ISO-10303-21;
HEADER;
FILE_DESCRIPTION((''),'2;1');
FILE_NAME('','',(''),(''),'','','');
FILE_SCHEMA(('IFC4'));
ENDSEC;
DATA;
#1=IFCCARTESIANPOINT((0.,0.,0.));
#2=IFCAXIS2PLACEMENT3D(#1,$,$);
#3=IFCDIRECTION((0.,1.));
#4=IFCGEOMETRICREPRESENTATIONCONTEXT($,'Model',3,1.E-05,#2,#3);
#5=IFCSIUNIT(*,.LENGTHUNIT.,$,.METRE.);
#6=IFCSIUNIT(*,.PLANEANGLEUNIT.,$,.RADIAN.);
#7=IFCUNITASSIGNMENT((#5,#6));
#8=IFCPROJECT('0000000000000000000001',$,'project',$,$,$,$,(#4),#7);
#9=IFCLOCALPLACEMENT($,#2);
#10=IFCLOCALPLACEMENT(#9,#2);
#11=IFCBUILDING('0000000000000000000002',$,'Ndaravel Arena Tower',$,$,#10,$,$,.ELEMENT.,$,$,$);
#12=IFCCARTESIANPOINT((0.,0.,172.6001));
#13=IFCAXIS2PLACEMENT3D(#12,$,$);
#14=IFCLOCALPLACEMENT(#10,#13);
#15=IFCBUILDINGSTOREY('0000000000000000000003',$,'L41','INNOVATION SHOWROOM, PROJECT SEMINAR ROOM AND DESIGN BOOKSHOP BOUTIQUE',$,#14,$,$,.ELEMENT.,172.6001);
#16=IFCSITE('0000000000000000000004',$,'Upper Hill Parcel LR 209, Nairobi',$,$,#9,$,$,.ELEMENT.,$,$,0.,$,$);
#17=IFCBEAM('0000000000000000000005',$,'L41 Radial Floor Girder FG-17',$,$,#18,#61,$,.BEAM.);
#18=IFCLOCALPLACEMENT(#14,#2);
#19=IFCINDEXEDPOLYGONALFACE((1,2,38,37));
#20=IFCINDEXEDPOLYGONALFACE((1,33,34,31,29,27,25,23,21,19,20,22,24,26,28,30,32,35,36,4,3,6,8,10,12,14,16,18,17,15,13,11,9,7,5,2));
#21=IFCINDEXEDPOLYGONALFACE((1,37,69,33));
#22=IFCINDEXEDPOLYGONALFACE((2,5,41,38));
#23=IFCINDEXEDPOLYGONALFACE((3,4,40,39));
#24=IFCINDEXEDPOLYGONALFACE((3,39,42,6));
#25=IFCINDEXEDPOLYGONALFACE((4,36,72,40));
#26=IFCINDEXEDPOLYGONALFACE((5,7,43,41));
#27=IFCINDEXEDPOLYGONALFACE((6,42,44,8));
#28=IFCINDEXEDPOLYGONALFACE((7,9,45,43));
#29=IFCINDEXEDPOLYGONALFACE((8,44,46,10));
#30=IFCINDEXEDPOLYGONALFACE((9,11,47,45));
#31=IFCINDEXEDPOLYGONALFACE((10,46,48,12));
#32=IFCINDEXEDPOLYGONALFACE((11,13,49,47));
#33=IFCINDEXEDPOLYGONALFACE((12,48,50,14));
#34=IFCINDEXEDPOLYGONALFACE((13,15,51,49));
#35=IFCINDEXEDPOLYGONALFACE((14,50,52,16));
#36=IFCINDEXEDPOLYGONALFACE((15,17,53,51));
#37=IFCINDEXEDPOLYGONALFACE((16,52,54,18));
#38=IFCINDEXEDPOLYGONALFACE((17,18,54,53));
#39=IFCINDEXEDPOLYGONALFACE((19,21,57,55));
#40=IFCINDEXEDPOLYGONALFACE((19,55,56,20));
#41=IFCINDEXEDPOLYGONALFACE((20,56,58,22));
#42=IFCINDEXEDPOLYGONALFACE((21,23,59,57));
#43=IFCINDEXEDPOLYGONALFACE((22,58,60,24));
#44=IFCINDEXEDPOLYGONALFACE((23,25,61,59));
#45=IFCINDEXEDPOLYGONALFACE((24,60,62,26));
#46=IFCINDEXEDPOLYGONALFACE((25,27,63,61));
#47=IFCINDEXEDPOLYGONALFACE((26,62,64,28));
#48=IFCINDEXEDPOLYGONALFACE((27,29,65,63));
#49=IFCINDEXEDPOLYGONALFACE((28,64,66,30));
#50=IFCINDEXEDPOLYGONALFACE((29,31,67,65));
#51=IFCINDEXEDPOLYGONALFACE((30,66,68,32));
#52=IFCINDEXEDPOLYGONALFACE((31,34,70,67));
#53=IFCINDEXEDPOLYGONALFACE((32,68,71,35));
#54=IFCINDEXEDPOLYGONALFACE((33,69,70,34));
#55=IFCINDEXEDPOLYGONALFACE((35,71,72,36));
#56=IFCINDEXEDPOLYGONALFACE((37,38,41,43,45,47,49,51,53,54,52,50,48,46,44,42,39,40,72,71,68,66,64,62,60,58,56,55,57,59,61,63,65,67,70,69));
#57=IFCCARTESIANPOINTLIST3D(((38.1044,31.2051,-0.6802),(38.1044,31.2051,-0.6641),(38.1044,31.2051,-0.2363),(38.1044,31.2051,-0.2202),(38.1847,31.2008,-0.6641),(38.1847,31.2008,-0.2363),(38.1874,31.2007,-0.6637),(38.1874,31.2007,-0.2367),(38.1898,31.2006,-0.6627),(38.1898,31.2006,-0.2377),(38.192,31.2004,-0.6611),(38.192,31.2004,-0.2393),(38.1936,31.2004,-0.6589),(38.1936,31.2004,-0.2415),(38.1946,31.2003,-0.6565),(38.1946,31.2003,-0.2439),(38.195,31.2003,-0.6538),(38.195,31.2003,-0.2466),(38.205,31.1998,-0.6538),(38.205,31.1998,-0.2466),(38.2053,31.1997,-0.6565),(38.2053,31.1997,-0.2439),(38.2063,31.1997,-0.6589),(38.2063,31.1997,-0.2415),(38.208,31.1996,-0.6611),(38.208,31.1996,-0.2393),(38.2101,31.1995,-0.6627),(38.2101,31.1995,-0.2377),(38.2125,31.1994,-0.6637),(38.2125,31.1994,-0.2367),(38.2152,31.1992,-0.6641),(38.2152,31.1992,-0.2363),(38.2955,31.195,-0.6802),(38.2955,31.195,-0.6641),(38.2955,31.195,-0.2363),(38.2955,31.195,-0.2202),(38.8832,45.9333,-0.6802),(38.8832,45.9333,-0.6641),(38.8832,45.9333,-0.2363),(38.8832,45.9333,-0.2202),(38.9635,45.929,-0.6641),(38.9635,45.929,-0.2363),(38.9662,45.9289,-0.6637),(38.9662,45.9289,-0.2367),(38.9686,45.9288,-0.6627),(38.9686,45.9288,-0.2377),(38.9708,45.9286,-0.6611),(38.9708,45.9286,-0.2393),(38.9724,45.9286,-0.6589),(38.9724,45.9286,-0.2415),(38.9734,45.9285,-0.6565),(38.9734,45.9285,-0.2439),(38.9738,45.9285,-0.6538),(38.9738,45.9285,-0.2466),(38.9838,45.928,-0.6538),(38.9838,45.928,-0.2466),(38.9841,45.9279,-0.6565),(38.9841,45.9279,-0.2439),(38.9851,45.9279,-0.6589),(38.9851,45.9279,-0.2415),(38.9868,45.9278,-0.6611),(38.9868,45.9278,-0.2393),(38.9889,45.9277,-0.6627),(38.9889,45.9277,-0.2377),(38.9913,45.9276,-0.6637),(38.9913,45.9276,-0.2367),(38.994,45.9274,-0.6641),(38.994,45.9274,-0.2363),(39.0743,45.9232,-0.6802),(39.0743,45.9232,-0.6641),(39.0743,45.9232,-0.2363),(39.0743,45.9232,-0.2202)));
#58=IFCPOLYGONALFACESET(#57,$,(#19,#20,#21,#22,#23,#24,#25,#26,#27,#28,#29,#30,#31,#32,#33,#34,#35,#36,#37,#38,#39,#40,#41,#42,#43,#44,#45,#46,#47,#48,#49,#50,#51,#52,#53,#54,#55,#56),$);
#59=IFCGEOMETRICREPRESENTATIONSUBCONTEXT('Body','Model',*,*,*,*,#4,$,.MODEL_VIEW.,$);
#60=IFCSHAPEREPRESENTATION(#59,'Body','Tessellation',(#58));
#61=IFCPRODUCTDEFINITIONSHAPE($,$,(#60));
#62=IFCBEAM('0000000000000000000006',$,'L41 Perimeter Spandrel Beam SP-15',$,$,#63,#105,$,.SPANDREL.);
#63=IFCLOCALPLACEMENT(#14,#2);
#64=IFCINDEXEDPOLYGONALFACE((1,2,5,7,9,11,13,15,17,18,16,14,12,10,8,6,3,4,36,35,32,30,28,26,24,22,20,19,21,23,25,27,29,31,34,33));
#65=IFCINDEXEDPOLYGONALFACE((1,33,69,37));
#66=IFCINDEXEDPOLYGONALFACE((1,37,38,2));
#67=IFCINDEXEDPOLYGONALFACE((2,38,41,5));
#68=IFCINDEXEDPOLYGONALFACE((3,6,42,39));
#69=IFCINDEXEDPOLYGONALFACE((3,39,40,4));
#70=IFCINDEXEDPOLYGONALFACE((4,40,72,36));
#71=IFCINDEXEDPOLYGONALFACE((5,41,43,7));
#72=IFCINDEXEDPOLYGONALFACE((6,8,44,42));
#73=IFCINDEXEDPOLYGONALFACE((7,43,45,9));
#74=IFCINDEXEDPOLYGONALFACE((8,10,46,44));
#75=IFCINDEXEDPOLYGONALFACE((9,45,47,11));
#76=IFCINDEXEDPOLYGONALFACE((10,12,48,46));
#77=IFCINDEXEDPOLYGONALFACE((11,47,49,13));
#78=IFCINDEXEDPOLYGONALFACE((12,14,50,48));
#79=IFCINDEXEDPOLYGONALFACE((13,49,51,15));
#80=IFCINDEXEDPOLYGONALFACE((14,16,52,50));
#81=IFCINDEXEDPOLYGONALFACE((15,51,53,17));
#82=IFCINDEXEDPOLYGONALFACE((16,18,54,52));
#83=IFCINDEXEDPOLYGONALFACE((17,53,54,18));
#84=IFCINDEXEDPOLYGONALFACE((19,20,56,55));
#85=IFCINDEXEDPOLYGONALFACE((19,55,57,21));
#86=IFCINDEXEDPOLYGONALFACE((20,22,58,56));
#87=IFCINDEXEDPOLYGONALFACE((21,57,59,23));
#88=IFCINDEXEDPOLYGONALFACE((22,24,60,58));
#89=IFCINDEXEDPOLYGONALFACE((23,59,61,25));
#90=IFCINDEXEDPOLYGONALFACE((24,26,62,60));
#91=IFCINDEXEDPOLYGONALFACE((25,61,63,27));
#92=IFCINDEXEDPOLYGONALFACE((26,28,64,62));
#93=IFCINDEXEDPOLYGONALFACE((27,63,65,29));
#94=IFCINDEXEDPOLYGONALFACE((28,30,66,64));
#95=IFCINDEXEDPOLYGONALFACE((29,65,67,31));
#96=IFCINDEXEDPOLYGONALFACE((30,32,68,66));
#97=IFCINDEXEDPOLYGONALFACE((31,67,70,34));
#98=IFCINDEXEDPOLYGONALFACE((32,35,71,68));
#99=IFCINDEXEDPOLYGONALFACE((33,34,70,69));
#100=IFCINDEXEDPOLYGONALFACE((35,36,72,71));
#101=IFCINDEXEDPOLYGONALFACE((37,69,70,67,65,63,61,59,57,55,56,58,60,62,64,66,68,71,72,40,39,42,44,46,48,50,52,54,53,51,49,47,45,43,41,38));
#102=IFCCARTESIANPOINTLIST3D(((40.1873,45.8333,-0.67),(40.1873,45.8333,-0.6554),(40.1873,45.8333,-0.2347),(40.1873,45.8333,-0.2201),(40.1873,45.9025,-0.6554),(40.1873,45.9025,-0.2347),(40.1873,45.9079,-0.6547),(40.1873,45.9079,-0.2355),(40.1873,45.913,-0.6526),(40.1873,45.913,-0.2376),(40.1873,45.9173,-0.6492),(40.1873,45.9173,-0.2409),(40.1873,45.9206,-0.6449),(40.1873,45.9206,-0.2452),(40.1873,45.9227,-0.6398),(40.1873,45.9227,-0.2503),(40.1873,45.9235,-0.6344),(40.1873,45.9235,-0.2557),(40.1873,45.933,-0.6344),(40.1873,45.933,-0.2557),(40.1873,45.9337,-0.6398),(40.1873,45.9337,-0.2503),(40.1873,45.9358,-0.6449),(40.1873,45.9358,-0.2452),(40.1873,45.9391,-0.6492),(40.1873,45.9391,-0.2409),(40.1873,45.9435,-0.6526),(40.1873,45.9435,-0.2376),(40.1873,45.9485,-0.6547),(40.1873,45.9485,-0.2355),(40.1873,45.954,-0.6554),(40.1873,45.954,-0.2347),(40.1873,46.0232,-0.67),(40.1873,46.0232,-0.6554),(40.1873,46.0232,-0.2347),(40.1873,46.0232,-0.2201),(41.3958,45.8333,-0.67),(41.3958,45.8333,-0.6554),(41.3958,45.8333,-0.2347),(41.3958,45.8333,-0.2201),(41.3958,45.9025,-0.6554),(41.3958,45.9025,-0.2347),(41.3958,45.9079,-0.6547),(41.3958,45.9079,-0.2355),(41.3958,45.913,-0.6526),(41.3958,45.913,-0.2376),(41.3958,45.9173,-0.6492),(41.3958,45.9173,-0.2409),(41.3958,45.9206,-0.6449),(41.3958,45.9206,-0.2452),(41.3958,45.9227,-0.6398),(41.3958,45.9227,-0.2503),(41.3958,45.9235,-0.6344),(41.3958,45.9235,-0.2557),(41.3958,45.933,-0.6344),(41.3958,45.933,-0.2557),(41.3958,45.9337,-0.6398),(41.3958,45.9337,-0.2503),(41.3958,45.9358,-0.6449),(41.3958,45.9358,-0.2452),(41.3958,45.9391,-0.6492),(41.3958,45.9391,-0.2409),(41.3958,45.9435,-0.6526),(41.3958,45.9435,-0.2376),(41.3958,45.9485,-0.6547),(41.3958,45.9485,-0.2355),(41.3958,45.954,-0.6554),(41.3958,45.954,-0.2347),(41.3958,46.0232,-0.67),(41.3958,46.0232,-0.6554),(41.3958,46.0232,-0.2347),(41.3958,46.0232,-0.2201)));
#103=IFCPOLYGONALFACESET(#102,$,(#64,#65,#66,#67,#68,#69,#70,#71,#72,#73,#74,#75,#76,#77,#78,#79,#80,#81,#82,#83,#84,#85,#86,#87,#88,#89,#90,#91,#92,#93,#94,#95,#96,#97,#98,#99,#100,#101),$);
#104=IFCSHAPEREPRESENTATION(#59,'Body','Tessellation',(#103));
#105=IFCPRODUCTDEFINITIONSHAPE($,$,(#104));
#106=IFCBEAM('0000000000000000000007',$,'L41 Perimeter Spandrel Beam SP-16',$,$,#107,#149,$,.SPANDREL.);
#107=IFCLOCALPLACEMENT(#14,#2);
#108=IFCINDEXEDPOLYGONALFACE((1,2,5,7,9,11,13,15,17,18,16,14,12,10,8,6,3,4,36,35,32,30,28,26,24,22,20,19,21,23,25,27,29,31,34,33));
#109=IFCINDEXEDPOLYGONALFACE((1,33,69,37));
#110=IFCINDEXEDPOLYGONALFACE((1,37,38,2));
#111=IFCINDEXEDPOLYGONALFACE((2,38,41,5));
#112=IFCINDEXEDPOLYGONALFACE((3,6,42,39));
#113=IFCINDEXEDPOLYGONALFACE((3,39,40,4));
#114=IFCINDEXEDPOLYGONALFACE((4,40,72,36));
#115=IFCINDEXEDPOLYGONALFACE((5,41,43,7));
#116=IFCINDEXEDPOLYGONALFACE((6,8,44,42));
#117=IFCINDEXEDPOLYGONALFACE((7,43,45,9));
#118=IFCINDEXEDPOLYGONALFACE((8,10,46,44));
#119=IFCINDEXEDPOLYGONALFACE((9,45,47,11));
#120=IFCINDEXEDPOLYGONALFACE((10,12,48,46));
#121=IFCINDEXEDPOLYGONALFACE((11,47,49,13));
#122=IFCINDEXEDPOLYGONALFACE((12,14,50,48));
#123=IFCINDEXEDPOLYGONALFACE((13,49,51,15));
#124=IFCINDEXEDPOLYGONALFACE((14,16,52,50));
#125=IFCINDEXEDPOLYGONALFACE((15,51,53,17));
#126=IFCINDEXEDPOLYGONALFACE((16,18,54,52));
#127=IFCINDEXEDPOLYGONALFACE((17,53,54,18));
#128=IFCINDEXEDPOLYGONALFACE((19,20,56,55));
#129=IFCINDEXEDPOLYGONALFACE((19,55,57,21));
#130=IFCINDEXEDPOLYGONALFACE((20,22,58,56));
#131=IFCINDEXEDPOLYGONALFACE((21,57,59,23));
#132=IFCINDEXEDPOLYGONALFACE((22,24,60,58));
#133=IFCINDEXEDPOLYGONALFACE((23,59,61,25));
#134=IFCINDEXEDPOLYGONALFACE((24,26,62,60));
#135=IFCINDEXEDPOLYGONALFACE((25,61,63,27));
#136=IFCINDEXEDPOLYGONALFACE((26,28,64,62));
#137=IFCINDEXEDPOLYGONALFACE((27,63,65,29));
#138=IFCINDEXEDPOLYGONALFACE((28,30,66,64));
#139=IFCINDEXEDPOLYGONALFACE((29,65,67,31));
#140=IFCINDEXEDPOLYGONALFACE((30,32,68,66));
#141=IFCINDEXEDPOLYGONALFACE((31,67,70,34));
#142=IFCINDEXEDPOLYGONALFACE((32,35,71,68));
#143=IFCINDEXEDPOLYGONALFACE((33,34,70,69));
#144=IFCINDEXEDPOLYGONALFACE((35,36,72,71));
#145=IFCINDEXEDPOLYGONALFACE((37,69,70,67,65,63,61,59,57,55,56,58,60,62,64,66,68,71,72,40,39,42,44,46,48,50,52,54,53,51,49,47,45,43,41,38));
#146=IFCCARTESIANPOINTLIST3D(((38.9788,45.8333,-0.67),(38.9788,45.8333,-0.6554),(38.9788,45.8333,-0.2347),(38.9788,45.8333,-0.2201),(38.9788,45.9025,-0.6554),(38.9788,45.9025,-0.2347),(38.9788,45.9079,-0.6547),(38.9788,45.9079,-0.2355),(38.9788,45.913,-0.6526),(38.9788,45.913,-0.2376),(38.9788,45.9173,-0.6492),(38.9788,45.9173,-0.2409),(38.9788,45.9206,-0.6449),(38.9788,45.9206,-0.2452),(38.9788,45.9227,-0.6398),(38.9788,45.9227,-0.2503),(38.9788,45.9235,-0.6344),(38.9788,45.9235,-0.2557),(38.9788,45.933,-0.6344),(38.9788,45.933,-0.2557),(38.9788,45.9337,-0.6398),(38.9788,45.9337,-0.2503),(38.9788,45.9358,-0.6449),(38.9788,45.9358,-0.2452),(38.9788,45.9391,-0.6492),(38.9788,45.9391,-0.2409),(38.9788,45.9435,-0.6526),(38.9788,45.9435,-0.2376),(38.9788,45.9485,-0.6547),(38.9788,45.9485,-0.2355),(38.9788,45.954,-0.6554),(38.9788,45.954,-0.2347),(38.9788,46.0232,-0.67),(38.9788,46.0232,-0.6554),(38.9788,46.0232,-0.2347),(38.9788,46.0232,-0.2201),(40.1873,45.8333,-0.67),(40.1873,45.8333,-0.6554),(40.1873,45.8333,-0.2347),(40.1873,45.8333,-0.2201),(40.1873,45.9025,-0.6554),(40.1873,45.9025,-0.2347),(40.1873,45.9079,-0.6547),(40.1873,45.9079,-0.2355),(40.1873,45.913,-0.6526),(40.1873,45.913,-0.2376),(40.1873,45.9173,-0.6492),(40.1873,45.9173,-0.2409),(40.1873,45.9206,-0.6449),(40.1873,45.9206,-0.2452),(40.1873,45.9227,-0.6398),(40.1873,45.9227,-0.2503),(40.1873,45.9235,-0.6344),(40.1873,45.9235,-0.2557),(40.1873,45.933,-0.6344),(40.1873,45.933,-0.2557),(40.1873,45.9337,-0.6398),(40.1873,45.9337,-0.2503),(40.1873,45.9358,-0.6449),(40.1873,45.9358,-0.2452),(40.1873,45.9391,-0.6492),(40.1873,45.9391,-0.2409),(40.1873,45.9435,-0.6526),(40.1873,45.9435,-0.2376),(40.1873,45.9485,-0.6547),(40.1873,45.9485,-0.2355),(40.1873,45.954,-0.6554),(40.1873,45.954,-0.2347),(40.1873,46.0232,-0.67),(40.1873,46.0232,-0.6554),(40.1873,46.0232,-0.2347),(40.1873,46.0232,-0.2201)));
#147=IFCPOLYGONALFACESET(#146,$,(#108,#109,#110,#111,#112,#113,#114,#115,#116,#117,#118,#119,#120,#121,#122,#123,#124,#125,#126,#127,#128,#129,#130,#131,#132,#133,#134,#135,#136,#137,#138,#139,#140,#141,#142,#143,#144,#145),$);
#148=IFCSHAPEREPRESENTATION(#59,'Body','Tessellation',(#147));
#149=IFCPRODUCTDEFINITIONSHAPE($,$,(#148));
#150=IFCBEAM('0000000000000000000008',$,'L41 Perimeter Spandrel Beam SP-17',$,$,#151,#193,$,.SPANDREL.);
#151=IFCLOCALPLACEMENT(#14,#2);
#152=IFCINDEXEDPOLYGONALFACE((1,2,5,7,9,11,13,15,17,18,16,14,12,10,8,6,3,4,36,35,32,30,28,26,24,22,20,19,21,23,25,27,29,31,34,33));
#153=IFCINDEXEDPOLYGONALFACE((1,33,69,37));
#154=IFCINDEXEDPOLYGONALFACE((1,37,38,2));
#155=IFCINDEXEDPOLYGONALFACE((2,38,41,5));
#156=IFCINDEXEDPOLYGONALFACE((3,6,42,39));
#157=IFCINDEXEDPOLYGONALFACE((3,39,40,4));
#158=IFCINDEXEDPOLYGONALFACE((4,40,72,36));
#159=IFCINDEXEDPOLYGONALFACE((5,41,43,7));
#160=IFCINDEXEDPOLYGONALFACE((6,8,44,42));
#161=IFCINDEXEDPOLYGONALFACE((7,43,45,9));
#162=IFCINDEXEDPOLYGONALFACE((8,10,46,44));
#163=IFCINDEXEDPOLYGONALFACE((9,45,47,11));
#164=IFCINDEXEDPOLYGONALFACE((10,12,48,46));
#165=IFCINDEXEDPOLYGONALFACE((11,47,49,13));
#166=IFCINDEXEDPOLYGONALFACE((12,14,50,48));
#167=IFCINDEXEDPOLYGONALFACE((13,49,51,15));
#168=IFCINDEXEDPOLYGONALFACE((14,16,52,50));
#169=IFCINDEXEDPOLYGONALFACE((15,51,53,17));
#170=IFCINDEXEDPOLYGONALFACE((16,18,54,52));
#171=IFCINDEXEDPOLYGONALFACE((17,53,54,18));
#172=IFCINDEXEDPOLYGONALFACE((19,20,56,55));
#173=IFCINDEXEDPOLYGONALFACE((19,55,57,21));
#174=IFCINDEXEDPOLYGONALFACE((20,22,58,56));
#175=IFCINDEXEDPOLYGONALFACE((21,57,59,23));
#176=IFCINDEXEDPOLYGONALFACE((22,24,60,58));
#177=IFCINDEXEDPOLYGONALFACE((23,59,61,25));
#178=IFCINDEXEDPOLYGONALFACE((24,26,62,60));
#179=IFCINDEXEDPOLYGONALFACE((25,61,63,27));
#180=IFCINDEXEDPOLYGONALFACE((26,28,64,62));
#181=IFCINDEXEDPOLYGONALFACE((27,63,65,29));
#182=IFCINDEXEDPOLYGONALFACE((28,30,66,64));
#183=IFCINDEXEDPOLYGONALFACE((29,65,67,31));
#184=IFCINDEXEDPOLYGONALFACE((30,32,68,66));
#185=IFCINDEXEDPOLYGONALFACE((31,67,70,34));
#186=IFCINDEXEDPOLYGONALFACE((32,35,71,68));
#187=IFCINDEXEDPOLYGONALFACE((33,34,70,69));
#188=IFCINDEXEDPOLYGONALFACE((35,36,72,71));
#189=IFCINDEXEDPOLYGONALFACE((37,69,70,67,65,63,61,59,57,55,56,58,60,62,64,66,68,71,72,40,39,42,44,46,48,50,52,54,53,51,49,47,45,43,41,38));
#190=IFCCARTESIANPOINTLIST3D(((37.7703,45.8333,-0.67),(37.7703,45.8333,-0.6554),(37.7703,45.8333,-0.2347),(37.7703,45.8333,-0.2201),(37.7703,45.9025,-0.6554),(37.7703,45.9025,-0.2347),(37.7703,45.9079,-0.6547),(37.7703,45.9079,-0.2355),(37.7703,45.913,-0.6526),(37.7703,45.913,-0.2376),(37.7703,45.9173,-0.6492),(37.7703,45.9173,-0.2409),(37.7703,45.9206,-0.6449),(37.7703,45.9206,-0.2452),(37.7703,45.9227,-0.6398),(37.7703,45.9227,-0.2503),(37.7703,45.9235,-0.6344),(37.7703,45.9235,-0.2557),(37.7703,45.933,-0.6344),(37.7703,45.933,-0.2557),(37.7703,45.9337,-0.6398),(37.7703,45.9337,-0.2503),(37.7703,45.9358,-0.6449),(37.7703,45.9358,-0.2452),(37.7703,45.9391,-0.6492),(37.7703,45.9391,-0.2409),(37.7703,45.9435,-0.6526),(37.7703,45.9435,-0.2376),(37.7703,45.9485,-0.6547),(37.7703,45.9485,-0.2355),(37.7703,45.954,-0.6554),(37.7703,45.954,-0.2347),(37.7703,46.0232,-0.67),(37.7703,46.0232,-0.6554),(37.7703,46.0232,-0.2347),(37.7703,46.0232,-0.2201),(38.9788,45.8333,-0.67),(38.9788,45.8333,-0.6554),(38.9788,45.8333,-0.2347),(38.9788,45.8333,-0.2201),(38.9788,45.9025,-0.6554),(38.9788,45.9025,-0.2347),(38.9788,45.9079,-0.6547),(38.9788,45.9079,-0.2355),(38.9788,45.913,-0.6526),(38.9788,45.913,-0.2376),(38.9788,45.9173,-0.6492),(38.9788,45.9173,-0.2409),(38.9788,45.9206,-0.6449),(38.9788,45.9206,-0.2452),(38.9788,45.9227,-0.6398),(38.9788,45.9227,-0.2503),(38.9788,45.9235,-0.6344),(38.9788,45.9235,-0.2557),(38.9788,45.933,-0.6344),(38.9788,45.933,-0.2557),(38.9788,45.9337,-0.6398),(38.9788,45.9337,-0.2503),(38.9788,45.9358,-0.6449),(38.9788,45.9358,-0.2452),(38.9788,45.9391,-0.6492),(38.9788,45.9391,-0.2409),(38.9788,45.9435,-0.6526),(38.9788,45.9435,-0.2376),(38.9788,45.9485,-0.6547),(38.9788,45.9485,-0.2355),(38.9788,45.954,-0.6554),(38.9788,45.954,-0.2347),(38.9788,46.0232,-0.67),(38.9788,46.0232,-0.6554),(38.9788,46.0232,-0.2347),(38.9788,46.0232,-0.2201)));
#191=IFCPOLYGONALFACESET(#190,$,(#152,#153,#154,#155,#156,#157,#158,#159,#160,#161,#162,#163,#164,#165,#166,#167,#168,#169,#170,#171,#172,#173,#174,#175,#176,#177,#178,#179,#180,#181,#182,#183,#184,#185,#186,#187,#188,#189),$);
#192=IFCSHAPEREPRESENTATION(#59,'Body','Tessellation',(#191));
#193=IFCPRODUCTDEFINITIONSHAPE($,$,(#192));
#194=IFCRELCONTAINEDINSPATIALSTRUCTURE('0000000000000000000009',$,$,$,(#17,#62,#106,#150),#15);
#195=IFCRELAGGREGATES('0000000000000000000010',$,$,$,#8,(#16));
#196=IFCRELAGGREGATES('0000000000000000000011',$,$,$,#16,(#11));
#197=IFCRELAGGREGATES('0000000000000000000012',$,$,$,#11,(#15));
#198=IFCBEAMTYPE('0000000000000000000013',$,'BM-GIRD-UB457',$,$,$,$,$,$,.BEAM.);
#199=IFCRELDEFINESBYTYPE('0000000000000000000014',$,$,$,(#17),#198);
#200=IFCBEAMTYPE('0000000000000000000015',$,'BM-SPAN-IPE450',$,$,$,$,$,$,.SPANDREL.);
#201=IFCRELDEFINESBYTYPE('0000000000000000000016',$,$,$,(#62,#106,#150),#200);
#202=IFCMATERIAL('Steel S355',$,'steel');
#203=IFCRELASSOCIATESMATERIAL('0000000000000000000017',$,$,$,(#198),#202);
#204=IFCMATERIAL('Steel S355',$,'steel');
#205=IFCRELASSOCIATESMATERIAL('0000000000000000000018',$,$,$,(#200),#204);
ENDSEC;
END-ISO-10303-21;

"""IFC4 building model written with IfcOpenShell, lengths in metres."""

from ifc_helpers import new_model, si_unit, direction, frame, origin, origin_2d, place, context, subcontext, project, spatial, i_section, extrude, material, material_profile, profile_set, type_object, element, save


model = new_model("IFC4")

# Units and contexts
model_context = context("Model", 3, precision=1e-05, world=origin(), true_north=direction((0.0, 1.0)))
body_context = subcontext(model_context, "Body", "Model", "MODEL_VIEW")
ifc_project = project(units=[si_unit("LENGTHUNIT", "METRE"), si_unit("PLANEANGLEUNIT", "RADIAN")], contexts=[model_context])

# Site, building, storey
site_placement = place(None, origin())
site = spatial("IfcSite", under=ifc_project, at=site_placement, Name="Upper Hill Parcel LR 209, Nairobi", CompositionType="ELEMENT", RefElevation=0.0)
building_placement = place(site_placement, origin())
building = spatial("IfcBuilding", under=site, at=building_placement, Name="Ndaravel Arena Tower", CompositionType="ELEMENT")
storey_placement = place(building_placement, frame((0.0, 0.0, 172.6001)))
storey = spatial("IfcBuildingStorey", under=building, at=storey_placement, Name="L41", Description="INNOVATION SHOWROOM, PROJECT SEMINAR ROOM AND DESIGN BOOKSHOP BOUTIQUE", CompositionType="ELEMENT", Elevation=172.6001)

# Beams
ifc_material_1 = material(Name="Steel S355", Category="steel")
ifc_material_profile_1 = material_profile(ifc_material_1, i_section(OverallWidth=0.1914, OverallDepth=0.46, WebThickness=0.01, FlangeThickness=0.0161, FilletRadius=0.0103, at=origin_2d()), Name="UB 457x191x82")
ifc_profile_set_1 = profile_set([ifc_material_profile_1], Name="Steel S355")
beam_type_1 = type_object("IfcBeamType", Name="BM-GIRD-UB457", PredefinedType="BEAM", material=ifc_profile_set_1)
beam_1_placement = place(storey_placement, frame((38.9788, 45.9282, -0.4502), z_axis=(-0.052805, -0.998605, 0.0), x_axis=(0.998605, -0.052805, 0.0)))
element("IfcBeam", 1, at=beam_1_placement, inside=storey, type_object=beam_type_1, Name="L41 Radial Floor Girder FG-17", PredefinedType="BEAM", context=body_context, shape_type="SweptSolid", body=[
    extrude(i_section(OverallWidth=0.1914, OverallDepth=0.46, WebThickness=0.01, FlangeThickness=0.0161, FilletRadius=0.0103, at=origin_2d()), origin(), (0.0, 0.0, 1.0), 14.7488),
])
ifc_material_2 = material(Name="Steel S355", Category="steel")
ifc_material_profile_2 = material_profile(ifc_material_2, i_section(OverallWidth=0.1899, OverallDepth=0.45, WebThickness=0.0095, FlangeThickness=0.0146, FilletRadius=0.021, at=origin_2d()), Name="IPE 450")
ifc_profile_set_2 = profile_set([ifc_material_profile_2], Name="Steel S355")
beam_type_2 = type_object("IfcBeamType", Name="BM-SPAN-IPE450", PredefinedType="SPANDREL", material=ifc_profile_set_2)
for number, where, z_axis, x_axis, name in (
    (2, (41.3958, 45.9282, -0.4451), (-1.0, 0.0, 0.0), (0.0, -1.0, 0.0), "L41 Perimeter Spandrel Beam SP-15"),
    (3, (40.1873, 45.9282, -0.4451), (-1.0, 0.0, 0.0), (0.0, -1.0, 0.0), "L41 Perimeter Spandrel Beam SP-16"),
    (4, (38.9788, 45.9282, -0.4451), (-1.0, 0.0, 0.0), (0.0, -1.0, 0.0), "L41 Perimeter Spandrel Beam SP-17"),
):
    element("IfcBeam", number, at=place(storey_placement, frame(where, z_axis=z_axis, x_axis=x_axis)), inside=storey, type_object=beam_type_2, Name=name, PredefinedType="SPANDREL", context=body_context, shape_type="SweptSolid", body=[
        extrude(i_section(OverallWidth=0.1899, OverallDepth=0.45, WebThickness=0.0095, FlangeThickness=0.0146, FilletRadius=0.021, at=origin_2d()), origin(), (0.0, 0.0, 1.0), 1.2085),
    ])

save(model, "model.ifc")
